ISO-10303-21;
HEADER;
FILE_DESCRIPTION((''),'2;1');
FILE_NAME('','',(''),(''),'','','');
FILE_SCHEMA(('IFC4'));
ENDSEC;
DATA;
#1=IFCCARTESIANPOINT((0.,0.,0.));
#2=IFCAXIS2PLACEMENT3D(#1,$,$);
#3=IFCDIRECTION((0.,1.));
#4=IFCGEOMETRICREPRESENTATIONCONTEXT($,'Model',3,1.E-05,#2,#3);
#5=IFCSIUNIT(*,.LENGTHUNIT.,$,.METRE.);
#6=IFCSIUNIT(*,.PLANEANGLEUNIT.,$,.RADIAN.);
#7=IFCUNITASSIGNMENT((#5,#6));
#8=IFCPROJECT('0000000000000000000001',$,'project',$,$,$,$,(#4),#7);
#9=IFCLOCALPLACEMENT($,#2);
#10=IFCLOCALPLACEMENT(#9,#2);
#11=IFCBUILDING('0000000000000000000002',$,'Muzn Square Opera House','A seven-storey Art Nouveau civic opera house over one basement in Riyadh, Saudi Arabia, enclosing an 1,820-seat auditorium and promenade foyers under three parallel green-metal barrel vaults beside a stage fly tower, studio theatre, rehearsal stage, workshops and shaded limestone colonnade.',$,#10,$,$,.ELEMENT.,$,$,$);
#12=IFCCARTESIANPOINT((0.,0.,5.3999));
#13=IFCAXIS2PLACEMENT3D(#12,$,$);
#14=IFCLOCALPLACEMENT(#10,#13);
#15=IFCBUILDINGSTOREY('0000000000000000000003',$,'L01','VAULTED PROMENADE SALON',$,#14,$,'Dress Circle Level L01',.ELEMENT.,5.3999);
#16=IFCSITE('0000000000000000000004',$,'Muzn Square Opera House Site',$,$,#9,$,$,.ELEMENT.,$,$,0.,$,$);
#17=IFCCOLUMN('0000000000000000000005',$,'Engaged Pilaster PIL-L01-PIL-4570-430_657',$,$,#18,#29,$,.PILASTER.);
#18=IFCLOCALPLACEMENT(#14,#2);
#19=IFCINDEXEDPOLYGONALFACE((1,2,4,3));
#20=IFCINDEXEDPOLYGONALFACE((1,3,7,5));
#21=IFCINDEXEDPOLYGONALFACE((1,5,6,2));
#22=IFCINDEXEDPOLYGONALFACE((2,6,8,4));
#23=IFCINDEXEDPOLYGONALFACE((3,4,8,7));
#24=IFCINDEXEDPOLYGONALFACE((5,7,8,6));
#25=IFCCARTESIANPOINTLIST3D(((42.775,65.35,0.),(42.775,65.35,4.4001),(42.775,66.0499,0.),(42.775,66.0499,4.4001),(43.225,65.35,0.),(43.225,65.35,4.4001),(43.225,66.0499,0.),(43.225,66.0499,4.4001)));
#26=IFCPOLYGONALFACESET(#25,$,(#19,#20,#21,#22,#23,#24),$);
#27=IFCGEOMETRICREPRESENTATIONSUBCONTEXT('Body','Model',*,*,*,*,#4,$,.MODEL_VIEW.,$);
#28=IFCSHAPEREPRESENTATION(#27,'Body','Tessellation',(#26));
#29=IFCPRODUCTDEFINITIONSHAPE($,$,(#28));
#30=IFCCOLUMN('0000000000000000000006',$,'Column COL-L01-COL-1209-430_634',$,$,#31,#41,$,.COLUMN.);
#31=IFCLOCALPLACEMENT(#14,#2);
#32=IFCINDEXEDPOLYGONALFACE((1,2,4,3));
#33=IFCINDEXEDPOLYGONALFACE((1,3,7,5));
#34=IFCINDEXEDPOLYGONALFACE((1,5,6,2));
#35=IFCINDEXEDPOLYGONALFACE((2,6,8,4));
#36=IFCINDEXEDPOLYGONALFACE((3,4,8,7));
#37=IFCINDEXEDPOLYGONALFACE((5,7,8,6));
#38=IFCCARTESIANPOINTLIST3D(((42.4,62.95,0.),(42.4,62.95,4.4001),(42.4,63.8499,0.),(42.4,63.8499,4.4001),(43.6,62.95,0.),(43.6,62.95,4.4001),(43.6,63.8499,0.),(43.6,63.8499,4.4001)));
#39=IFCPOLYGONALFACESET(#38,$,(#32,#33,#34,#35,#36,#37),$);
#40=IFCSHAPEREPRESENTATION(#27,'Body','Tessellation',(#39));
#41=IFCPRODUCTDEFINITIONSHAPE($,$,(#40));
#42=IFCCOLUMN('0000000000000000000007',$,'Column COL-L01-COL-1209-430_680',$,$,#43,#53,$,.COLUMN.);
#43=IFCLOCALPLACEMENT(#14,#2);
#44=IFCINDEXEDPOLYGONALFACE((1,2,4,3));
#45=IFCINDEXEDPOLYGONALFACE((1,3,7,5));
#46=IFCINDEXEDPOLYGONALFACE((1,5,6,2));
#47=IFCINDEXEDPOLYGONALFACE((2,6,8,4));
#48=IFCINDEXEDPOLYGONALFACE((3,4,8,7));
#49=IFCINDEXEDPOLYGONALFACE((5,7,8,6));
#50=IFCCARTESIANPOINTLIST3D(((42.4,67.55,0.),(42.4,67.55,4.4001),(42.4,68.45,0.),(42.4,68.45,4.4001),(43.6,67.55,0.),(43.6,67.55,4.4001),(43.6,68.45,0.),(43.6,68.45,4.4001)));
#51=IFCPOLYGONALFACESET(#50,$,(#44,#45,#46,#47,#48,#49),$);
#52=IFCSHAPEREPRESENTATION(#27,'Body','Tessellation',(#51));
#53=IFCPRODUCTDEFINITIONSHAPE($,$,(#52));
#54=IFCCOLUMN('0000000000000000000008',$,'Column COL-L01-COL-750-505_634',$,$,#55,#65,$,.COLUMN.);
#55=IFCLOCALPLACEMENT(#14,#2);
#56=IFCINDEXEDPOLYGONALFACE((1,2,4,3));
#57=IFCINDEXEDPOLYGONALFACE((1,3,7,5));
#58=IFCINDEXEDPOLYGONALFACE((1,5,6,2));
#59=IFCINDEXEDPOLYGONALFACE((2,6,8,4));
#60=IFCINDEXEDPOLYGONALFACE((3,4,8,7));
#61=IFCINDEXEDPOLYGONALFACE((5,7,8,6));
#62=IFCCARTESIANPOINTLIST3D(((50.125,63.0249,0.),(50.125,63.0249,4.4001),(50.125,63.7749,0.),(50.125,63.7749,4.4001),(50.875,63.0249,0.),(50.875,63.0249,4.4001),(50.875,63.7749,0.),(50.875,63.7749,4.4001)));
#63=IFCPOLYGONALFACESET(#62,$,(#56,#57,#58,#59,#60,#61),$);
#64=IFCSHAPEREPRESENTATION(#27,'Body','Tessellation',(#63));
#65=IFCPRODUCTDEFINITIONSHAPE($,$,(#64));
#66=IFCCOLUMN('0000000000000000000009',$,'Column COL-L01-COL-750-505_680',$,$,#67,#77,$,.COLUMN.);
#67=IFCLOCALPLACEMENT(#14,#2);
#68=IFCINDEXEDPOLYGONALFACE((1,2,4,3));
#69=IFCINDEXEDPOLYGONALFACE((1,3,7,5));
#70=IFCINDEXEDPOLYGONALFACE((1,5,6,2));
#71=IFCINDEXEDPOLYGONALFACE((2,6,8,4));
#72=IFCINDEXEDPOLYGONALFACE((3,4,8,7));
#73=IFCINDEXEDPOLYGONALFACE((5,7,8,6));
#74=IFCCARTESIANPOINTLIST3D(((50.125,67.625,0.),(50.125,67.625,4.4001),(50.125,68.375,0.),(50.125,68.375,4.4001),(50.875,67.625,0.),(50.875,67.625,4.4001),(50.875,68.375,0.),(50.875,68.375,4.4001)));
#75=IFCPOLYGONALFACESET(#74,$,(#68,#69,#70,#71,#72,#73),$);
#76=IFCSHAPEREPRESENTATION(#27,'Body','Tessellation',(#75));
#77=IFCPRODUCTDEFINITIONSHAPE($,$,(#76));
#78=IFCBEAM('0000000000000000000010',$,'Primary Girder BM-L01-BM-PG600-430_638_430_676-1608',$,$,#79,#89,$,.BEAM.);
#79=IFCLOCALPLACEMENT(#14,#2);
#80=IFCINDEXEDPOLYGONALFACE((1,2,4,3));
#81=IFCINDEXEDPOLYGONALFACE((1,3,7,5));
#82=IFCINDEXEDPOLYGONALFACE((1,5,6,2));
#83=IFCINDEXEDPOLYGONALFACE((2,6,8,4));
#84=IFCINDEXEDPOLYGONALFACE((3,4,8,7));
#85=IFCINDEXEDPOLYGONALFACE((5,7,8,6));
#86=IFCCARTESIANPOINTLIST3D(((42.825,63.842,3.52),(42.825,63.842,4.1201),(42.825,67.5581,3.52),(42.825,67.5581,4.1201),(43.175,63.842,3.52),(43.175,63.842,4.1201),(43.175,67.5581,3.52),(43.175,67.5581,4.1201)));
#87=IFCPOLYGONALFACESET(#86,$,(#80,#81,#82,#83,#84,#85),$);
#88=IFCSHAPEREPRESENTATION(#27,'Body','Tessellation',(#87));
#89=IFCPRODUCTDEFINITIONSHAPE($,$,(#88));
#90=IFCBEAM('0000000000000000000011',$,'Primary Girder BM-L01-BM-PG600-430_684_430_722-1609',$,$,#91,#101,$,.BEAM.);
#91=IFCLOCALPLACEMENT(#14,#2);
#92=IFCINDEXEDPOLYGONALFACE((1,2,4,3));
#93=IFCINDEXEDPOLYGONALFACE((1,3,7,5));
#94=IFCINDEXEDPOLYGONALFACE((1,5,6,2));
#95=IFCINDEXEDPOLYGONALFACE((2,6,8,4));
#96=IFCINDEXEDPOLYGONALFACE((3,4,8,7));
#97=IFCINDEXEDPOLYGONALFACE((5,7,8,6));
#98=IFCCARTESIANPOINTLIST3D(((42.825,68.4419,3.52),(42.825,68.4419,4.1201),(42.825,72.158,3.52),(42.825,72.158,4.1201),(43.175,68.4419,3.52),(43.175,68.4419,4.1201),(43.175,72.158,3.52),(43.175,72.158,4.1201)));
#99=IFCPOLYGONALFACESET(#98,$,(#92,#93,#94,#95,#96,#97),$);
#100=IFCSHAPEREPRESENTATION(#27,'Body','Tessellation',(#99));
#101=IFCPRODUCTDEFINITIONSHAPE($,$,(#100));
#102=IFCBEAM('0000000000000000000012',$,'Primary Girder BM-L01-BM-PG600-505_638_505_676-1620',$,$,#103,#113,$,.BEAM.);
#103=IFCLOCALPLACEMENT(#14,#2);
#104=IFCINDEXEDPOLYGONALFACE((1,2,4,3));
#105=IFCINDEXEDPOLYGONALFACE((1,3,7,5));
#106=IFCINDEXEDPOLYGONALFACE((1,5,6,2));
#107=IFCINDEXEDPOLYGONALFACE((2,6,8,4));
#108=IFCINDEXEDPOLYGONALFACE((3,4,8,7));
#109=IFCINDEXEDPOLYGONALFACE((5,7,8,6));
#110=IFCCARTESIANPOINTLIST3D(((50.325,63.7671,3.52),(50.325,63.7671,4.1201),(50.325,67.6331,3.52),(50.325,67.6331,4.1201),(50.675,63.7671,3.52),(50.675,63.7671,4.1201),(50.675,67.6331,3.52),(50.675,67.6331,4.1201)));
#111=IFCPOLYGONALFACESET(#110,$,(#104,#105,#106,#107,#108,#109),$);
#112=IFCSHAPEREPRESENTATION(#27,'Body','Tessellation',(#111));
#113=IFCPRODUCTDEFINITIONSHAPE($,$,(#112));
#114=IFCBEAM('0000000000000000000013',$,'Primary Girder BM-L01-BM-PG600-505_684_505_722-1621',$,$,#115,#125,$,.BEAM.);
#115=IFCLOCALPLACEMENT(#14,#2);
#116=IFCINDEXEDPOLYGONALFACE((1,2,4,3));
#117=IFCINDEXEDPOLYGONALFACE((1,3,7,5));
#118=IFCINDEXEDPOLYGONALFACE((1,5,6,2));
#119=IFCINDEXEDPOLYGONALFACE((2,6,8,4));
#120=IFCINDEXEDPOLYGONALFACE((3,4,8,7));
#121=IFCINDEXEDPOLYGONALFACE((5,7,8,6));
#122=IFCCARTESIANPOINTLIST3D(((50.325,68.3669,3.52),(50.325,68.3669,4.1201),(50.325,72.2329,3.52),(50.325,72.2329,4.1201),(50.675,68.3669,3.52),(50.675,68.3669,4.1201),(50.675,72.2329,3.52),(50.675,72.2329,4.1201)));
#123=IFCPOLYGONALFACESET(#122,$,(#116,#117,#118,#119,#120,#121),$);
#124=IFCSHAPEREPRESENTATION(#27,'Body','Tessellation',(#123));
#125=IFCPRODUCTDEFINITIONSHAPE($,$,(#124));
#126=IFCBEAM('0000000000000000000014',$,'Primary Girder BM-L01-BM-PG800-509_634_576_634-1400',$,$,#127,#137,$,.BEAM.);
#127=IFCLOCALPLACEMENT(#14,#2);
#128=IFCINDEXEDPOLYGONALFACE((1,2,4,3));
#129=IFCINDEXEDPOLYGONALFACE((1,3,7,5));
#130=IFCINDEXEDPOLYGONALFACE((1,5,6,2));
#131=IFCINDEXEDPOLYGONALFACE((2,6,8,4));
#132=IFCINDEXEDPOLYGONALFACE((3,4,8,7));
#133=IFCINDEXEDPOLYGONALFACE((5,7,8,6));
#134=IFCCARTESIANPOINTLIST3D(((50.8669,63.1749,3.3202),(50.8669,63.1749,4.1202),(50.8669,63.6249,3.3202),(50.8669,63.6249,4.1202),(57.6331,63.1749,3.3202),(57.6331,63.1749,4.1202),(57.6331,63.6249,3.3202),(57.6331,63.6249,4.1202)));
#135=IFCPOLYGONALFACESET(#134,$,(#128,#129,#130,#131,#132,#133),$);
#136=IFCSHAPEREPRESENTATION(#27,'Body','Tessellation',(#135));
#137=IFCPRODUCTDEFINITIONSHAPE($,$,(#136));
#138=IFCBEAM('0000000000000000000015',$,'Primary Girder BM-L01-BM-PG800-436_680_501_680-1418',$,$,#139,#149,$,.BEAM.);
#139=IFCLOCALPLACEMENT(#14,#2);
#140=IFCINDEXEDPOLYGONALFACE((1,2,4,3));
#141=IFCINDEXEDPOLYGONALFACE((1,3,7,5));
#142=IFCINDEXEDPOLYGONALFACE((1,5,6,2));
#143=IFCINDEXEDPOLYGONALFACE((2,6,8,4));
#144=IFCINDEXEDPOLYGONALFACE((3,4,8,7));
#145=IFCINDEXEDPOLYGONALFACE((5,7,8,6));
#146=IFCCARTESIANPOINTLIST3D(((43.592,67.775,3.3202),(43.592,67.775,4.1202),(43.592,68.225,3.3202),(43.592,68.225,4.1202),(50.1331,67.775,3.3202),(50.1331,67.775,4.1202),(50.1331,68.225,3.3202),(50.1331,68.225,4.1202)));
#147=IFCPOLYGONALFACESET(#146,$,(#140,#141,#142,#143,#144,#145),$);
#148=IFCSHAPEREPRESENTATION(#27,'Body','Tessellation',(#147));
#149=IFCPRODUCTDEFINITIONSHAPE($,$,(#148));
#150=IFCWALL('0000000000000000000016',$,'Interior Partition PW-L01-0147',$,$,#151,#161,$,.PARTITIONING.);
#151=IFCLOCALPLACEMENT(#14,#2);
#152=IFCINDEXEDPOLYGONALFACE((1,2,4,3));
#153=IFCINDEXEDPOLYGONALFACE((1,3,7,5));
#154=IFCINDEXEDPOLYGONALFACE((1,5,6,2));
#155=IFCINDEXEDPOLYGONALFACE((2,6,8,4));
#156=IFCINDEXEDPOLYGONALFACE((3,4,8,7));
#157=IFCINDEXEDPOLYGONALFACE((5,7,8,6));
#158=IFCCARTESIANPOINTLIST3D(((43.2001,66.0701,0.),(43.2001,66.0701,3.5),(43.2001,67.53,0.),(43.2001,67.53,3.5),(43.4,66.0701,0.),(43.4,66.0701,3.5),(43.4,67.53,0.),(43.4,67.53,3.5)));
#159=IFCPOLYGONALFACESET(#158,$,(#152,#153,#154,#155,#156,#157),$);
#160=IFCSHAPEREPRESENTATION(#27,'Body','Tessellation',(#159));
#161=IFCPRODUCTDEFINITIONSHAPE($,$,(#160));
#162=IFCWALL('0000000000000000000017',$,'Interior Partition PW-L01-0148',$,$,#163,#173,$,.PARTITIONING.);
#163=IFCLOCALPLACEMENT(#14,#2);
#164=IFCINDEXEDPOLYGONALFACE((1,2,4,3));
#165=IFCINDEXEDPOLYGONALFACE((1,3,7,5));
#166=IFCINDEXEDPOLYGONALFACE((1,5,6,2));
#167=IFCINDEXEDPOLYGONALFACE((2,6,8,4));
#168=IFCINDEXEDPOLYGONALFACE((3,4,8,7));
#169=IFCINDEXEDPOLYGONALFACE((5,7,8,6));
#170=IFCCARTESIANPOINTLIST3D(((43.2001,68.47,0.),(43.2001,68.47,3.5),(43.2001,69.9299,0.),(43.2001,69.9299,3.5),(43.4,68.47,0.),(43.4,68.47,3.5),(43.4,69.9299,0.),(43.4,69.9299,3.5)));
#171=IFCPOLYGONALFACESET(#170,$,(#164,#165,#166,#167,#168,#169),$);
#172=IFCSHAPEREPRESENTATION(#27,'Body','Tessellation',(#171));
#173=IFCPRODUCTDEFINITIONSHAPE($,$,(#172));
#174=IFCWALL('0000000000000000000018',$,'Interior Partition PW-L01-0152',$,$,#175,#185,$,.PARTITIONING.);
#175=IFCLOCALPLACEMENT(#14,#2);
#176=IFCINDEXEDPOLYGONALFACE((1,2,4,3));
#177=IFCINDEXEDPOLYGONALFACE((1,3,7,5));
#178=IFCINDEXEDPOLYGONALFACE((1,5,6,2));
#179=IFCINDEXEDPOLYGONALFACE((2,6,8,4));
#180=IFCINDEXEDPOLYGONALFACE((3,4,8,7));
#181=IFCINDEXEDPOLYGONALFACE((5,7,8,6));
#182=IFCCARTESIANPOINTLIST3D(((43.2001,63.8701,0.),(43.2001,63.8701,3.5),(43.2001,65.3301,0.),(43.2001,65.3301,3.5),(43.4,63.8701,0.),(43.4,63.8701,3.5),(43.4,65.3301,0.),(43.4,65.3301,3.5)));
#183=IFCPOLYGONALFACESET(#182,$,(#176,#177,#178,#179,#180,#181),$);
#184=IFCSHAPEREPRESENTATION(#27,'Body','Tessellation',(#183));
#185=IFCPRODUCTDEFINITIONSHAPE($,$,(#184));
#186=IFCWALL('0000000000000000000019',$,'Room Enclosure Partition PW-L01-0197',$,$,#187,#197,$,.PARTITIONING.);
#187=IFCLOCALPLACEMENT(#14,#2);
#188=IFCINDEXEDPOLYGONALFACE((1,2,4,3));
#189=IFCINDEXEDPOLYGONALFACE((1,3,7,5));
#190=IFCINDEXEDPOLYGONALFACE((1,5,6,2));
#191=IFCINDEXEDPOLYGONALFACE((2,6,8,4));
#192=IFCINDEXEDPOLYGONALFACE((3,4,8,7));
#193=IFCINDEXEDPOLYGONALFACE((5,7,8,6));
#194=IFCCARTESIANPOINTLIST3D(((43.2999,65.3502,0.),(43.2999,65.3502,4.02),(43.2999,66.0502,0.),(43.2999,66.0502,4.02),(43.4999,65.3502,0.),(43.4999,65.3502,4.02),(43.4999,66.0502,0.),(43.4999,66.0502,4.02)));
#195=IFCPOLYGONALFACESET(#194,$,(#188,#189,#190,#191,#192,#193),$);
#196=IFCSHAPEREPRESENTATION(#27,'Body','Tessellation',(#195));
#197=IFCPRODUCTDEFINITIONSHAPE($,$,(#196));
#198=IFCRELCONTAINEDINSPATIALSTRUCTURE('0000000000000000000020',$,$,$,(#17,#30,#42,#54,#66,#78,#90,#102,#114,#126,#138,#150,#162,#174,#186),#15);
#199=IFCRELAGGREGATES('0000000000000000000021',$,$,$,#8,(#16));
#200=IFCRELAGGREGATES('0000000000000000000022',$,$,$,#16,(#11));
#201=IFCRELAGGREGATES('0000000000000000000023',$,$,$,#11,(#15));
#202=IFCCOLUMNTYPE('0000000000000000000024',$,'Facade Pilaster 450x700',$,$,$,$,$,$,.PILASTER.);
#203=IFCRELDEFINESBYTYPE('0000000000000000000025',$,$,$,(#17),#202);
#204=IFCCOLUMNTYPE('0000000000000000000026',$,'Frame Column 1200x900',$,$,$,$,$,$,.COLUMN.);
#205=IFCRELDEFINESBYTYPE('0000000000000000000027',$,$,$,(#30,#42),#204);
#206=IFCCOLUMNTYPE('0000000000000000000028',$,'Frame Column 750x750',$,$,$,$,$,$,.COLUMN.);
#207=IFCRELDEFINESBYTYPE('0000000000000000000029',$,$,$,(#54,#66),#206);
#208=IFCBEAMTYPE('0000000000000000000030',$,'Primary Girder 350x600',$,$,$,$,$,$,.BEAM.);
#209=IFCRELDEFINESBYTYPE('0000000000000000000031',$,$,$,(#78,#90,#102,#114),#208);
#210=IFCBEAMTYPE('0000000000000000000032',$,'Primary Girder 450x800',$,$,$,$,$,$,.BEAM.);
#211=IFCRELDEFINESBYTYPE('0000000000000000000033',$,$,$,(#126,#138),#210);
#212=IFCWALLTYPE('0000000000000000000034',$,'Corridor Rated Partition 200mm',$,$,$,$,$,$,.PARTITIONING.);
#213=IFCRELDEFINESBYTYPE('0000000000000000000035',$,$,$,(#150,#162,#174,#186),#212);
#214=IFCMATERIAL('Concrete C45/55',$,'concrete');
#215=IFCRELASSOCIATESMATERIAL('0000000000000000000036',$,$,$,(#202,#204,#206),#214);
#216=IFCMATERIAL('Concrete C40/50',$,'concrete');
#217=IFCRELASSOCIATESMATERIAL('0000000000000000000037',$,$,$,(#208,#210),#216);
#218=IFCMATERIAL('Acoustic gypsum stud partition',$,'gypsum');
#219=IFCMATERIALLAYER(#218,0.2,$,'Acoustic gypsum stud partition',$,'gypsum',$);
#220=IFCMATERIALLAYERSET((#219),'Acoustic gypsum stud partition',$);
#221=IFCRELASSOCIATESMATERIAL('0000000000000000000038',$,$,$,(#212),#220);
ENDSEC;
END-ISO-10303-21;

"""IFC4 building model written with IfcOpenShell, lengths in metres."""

from ifc_helpers import new_model, si_unit, direction, frame, frame_2d, origin, origin_2d, place, context, subcontext, project, spatial, rectangle, extrude, material, layer, layer_set, material_profile, profile_set, type_object, element, save


model = new_model("IFC4")

# Units and contexts
model_context = context("Model", 3, precision=1e-05, world=origin(), true_north=direction((0.0, 1.0)))
body_context = subcontext(model_context, "Body", "Model", "MODEL_VIEW")
ifc_project = project(units=[si_unit("LENGTHUNIT", "METRE"), si_unit("PLANEANGLEUNIT", "RADIAN")], contexts=[model_context])

# Site, building, storey
site_placement = place(None, origin())
site = spatial("IfcSite", under=ifc_project, at=site_placement, Name="Muzn Square Opera House Site", CompositionType="ELEMENT", RefElevation=0.0)
building_placement = place(site_placement, origin())
building = spatial("IfcBuilding", under=site, at=building_placement, Name="Muzn Square Opera House", Description="A seven-storey Art Nouveau civic opera house over one basement in Riyadh, Saudi Arabia, enclosing an 1,820-seat auditorium and promenade foyers under three parallel green-metal barrel vaults beside a stage fly tower, studio theatre, rehearsal stage, workshops and shaded limestone colonnade.", CompositionType="ELEMENT")
storey_placement = place(building_placement, frame((0.0, 0.0, 5.3999)))
storey = spatial("IfcBuildingStorey", under=building, at=storey_placement, Name="L01", Description="VAULTED PROMENADE SALON", LongName="Dress Circle Level L01", CompositionType="ELEMENT", Elevation=5.3999)

# Columns
ifc_material_1 = material(Name="Concrete C45/55", Category="concrete")
ifc_material_profile_1 = material_profile(ifc_material_1, rectangle(XDim=0.45, YDim=0.7, at=origin_2d()), Name="RC 450x700", Category="concrete")
ifc_profile_set_1 = profile_set([ifc_material_profile_1], Name="Concrete C45/55")
column_type_1 = type_object("IfcColumnType", Name="Facade Pilaster 450x700", PredefinedType="PILASTER", material=ifc_profile_set_1)
column_placement = place(storey_placement, frame((43.0, 65.7, 0.0), z_axis=(0.0, 0.0, 1.0), x_axis=(1.0, 0.0, 0.0)))
element("IfcColumn", 1, at=column_placement, inside=storey, type_object=column_type_1, Name="Engaged Pilaster PIL-L01-PIL-4570-430_657", PredefinedType="PILASTER", context=body_context, shape_type="SweptSolid", body=[
    extrude(rectangle(XDim=0.45, YDim=0.7, at=origin_2d()), origin(), (0.0, 0.0, 1.0), 4.4001),
])
ifc_material_profile_2 = material_profile(ifc_material_1, rectangle(XDim=1.2, YDim=0.8999, at=origin_2d()), Name="RC 1200x900", Category="concrete")
ifc_profile_set_2 = profile_set([ifc_material_profile_2], Name="Concrete C45/55")
column_type_2 = type_object("IfcColumnType", Name="Frame Column 1200x900", PredefinedType="COLUMN", material=ifc_profile_set_2)
for number, where, z_axis, x_axis, name in (
    (2, (43.0, 63.3999, 0.0), (0.0, 0.0, 1.0), (1.0, 0.0, 0.0), "Column COL-L01-COL-1209-430_634"),
    (3, (43.0, 68.0, 0.0), (0.0, 0.0, 1.0), (1.0, 0.0, 0.0), "Column COL-L01-COL-1209-430_680"),
):
    element("IfcColumn", number, at=place(storey_placement, frame(where, z_axis=z_axis, x_axis=x_axis)), inside=storey, type_object=column_type_2, Name=name, PredefinedType="COLUMN", context=body_context, shape_type="SweptSolid", body=[
        extrude(rectangle(XDim=1.2, YDim=0.8999, at=origin_2d()), origin(), (0.0, 0.0, 1.0), 4.4001),
    ])
ifc_material_profile_3 = material_profile(ifc_material_1, rectangle(XDim=0.75, YDim=0.75, at=origin_2d()), Name="RC 750x750", Category="concrete")
ifc_profile_set_3 = profile_set([ifc_material_profile_3], Name="Concrete C45/55")
column_type_3 = type_object("IfcColumnType", Name="Frame Column 750x750", PredefinedType="COLUMN", material=ifc_profile_set_3)
for number, where, z_axis, x_axis, name in (
    (4, (50.5, 63.3999, 0.0), (0.0, 0.0, 1.0), (1.0, 0.0, 0.0), "Column COL-L01-COL-750-505_634"),
    (5, (50.5, 68.0, 0.0), (0.0, 0.0, 1.0), (1.0, 0.0, 0.0), "Column COL-L01-COL-750-505_680"),
):
    element("IfcColumn", number, at=place(storey_placement, frame(where, z_axis=z_axis, x_axis=x_axis)), inside=storey, type_object=column_type_3, Name=name, PredefinedType="COLUMN", context=body_context, shape_type="SweptSolid", body=[
        extrude(rectangle(XDim=0.75, YDim=0.75, at=origin_2d()), origin(), (0.0, 0.0, 1.0), 4.4001),
    ])

# Beams
ifc_material_2 = material(Name="Concrete C40/50", Category="concrete")
ifc_material_profile_4 = material_profile(ifc_material_2, rectangle(XDim=0.3501, YDim=0.6001, at=origin_2d()), Name="RCB 350x600", Category="concrete")
ifc_profile_set_4 = profile_set([ifc_material_profile_4], Name="Concrete C40/50")
beam_type_1 = type_object("IfcBeamType", Name="Primary Girder 350x600", PredefinedType="BEAM", material=ifc_profile_set_4)
for number, where, z_axis, x_axis, name in (
    (6, (43.0, 63.842, 3.8201), (0.0, 1.0, 0.0), (-1.0, 0.0, 0.0), "Primary Girder BM-L01-BM-PG600-430_638_430_676-1608"),
    (7, (43.0, 68.4419, 3.8201), (0.0, 1.0, 0.0), (-1.0, 0.0, 0.0), "Primary Girder BM-L01-BM-PG600-430_684_430_722-1609"),
):
    element("IfcBeam", number, at=place(storey_placement, frame(where, z_axis=z_axis, x_axis=x_axis)), inside=storey, type_object=beam_type_1, Name=name, PredefinedType="BEAM", context=body_context, shape_type="SweptSolid", body=[
        extrude(rectangle(XDim=0.3501, YDim=0.6001, at=origin_2d()), origin(), (0.0, 0.0, 1.0), 3.7161),
    ])
for number, where, z_axis, x_axis, name in (
    (8, (50.5, 63.7671, 3.8201), (0.0, 1.0, 0.0), (-1.0, 0.0, 0.0), "Primary Girder BM-L01-BM-PG600-505_638_505_676-1620"),
    (9, (50.5, 68.3669, 3.8201), (0.0, 1.0, 0.0), (-1.0, 0.0, 0.0), "Primary Girder BM-L01-BM-PG600-505_684_505_722-1621"),
):
    element("IfcBeam", number, at=place(storey_placement, frame(where, z_axis=z_axis, x_axis=x_axis)), inside=storey, type_object=beam_type_1, Name=name, PredefinedType="BEAM", context=body_context, shape_type="SweptSolid", body=[
        extrude(rectangle(XDim=0.3501, YDim=0.6001, at=origin_2d()), origin(), (0.0, 0.0, 1.0), 3.866),
    ])
ifc_material_profile_5 = material_profile(ifc_material_2, rectangle(XDim=0.45, YDim=0.8, at=origin_2d()), Name="RCB 450x800", Category="concrete")
ifc_profile_set_5 = profile_set([ifc_material_profile_5], Name="Concrete C40/50")
beam_type_2 = type_object("IfcBeamType", Name="Primary Girder 450x800", PredefinedType="BEAM", material=ifc_profile_set_5)
beam_1_placement = place(storey_placement, frame((50.8669, 63.3999, 3.7202), z_axis=(1.0, 0.0, 0.0), x_axis=(0.0, 1.0, 0.0)))
element("IfcBeam", 10, at=beam_1_placement, inside=storey, type_object=beam_type_2, Name="Primary Girder BM-L01-BM-PG800-509_634_576_634-1400", PredefinedType="BEAM", context=body_context, shape_type="SweptSolid", body=[
    extrude(rectangle(XDim=0.45, YDim=0.8, at=origin_2d()), origin(), (0.0, 0.0, 1.0), 6.7661),
])
beam_2_placement = place(storey_placement, frame((43.592, 68.0, 3.7202), z_axis=(1.0, 0.0, 0.0), x_axis=(0.0, 1.0, 0.0)))
element("IfcBeam", 11, at=beam_2_placement, inside=storey, type_object=beam_type_2, Name="Primary Girder BM-L01-BM-PG800-436_680_501_680-1418", PredefinedType="BEAM", context=body_context, shape_type="SweptSolid", body=[
    extrude(rectangle(XDim=0.45, YDim=0.8, at=origin_2d()), origin(), (0.0, 0.0, 1.0), 6.541),
])

# Walls
ifc_material_3 = material(Name="Acoustic gypsum stud partition", Category="gypsum")
ifc_layer_1 = layer(ifc_material_3, 0.2, Name="Acoustic gypsum stud partition", Category="gypsum")
ifc_layer_set_1 = layer_set([ifc_layer_1], Name="Acoustic gypsum stud partition")
wall_type_1 = type_object("IfcWallType", Name="Corridor Rated Partition 200mm", PredefinedType="PARTITIONING", material=ifc_layer_set_1)
for number, where, z_axis, x_axis, name in (
    (12, (43.3, 66.0701, 0.0), (0.0, 0.0, 1.0), (0.0, 1.0, 0.0), "Interior Partition PW-L01-0147"),
    (13, (43.3, 68.47, 0.0), (0.0, 0.0, 1.0), (0.0, 1.0, 0.0), "Interior Partition PW-L01-0148"),
    (14, (43.3, 63.8701, 0.0), (0.0, 0.0, 1.0), (0.0, 1.0, 0.0), "Interior Partition PW-L01-0152"),
):
    element("IfcWall", number, at=place(storey_placement, frame(where, z_axis=z_axis, x_axis=x_axis)), inside=storey, type_object=wall_type_1, Name=name, PredefinedType="PARTITIONING", context=body_context, shape_type="SweptSolid", body=[
        extrude(rectangle(XDim=1.46, YDim=0.2, at=frame_2d((0.73, 0.0))), origin(), (0.0, 0.0, 1.0), 3.5),
    ])
wall_1_placement = place(storey_placement, frame((43.3999, 65.3501, 0.0), z_axis=(0.0, 0.0, 1.0), x_axis=(0.0, 1.0, 0.0)))
element("IfcWall", 15, at=wall_1_placement, inside=storey, type_object=wall_type_1, Name="Room Enclosure Partition PW-L01-0197", PredefinedType="PARTITIONING", context=body_context, shape_type="SweptSolid", body=[
    extrude(rectangle(XDim=0.7, YDim=0.2, at=frame_2d((0.3501, 0.0))), origin(), (0.0, 0.0, 1.0), 4.02),
])

save(model, "model.ifc")
